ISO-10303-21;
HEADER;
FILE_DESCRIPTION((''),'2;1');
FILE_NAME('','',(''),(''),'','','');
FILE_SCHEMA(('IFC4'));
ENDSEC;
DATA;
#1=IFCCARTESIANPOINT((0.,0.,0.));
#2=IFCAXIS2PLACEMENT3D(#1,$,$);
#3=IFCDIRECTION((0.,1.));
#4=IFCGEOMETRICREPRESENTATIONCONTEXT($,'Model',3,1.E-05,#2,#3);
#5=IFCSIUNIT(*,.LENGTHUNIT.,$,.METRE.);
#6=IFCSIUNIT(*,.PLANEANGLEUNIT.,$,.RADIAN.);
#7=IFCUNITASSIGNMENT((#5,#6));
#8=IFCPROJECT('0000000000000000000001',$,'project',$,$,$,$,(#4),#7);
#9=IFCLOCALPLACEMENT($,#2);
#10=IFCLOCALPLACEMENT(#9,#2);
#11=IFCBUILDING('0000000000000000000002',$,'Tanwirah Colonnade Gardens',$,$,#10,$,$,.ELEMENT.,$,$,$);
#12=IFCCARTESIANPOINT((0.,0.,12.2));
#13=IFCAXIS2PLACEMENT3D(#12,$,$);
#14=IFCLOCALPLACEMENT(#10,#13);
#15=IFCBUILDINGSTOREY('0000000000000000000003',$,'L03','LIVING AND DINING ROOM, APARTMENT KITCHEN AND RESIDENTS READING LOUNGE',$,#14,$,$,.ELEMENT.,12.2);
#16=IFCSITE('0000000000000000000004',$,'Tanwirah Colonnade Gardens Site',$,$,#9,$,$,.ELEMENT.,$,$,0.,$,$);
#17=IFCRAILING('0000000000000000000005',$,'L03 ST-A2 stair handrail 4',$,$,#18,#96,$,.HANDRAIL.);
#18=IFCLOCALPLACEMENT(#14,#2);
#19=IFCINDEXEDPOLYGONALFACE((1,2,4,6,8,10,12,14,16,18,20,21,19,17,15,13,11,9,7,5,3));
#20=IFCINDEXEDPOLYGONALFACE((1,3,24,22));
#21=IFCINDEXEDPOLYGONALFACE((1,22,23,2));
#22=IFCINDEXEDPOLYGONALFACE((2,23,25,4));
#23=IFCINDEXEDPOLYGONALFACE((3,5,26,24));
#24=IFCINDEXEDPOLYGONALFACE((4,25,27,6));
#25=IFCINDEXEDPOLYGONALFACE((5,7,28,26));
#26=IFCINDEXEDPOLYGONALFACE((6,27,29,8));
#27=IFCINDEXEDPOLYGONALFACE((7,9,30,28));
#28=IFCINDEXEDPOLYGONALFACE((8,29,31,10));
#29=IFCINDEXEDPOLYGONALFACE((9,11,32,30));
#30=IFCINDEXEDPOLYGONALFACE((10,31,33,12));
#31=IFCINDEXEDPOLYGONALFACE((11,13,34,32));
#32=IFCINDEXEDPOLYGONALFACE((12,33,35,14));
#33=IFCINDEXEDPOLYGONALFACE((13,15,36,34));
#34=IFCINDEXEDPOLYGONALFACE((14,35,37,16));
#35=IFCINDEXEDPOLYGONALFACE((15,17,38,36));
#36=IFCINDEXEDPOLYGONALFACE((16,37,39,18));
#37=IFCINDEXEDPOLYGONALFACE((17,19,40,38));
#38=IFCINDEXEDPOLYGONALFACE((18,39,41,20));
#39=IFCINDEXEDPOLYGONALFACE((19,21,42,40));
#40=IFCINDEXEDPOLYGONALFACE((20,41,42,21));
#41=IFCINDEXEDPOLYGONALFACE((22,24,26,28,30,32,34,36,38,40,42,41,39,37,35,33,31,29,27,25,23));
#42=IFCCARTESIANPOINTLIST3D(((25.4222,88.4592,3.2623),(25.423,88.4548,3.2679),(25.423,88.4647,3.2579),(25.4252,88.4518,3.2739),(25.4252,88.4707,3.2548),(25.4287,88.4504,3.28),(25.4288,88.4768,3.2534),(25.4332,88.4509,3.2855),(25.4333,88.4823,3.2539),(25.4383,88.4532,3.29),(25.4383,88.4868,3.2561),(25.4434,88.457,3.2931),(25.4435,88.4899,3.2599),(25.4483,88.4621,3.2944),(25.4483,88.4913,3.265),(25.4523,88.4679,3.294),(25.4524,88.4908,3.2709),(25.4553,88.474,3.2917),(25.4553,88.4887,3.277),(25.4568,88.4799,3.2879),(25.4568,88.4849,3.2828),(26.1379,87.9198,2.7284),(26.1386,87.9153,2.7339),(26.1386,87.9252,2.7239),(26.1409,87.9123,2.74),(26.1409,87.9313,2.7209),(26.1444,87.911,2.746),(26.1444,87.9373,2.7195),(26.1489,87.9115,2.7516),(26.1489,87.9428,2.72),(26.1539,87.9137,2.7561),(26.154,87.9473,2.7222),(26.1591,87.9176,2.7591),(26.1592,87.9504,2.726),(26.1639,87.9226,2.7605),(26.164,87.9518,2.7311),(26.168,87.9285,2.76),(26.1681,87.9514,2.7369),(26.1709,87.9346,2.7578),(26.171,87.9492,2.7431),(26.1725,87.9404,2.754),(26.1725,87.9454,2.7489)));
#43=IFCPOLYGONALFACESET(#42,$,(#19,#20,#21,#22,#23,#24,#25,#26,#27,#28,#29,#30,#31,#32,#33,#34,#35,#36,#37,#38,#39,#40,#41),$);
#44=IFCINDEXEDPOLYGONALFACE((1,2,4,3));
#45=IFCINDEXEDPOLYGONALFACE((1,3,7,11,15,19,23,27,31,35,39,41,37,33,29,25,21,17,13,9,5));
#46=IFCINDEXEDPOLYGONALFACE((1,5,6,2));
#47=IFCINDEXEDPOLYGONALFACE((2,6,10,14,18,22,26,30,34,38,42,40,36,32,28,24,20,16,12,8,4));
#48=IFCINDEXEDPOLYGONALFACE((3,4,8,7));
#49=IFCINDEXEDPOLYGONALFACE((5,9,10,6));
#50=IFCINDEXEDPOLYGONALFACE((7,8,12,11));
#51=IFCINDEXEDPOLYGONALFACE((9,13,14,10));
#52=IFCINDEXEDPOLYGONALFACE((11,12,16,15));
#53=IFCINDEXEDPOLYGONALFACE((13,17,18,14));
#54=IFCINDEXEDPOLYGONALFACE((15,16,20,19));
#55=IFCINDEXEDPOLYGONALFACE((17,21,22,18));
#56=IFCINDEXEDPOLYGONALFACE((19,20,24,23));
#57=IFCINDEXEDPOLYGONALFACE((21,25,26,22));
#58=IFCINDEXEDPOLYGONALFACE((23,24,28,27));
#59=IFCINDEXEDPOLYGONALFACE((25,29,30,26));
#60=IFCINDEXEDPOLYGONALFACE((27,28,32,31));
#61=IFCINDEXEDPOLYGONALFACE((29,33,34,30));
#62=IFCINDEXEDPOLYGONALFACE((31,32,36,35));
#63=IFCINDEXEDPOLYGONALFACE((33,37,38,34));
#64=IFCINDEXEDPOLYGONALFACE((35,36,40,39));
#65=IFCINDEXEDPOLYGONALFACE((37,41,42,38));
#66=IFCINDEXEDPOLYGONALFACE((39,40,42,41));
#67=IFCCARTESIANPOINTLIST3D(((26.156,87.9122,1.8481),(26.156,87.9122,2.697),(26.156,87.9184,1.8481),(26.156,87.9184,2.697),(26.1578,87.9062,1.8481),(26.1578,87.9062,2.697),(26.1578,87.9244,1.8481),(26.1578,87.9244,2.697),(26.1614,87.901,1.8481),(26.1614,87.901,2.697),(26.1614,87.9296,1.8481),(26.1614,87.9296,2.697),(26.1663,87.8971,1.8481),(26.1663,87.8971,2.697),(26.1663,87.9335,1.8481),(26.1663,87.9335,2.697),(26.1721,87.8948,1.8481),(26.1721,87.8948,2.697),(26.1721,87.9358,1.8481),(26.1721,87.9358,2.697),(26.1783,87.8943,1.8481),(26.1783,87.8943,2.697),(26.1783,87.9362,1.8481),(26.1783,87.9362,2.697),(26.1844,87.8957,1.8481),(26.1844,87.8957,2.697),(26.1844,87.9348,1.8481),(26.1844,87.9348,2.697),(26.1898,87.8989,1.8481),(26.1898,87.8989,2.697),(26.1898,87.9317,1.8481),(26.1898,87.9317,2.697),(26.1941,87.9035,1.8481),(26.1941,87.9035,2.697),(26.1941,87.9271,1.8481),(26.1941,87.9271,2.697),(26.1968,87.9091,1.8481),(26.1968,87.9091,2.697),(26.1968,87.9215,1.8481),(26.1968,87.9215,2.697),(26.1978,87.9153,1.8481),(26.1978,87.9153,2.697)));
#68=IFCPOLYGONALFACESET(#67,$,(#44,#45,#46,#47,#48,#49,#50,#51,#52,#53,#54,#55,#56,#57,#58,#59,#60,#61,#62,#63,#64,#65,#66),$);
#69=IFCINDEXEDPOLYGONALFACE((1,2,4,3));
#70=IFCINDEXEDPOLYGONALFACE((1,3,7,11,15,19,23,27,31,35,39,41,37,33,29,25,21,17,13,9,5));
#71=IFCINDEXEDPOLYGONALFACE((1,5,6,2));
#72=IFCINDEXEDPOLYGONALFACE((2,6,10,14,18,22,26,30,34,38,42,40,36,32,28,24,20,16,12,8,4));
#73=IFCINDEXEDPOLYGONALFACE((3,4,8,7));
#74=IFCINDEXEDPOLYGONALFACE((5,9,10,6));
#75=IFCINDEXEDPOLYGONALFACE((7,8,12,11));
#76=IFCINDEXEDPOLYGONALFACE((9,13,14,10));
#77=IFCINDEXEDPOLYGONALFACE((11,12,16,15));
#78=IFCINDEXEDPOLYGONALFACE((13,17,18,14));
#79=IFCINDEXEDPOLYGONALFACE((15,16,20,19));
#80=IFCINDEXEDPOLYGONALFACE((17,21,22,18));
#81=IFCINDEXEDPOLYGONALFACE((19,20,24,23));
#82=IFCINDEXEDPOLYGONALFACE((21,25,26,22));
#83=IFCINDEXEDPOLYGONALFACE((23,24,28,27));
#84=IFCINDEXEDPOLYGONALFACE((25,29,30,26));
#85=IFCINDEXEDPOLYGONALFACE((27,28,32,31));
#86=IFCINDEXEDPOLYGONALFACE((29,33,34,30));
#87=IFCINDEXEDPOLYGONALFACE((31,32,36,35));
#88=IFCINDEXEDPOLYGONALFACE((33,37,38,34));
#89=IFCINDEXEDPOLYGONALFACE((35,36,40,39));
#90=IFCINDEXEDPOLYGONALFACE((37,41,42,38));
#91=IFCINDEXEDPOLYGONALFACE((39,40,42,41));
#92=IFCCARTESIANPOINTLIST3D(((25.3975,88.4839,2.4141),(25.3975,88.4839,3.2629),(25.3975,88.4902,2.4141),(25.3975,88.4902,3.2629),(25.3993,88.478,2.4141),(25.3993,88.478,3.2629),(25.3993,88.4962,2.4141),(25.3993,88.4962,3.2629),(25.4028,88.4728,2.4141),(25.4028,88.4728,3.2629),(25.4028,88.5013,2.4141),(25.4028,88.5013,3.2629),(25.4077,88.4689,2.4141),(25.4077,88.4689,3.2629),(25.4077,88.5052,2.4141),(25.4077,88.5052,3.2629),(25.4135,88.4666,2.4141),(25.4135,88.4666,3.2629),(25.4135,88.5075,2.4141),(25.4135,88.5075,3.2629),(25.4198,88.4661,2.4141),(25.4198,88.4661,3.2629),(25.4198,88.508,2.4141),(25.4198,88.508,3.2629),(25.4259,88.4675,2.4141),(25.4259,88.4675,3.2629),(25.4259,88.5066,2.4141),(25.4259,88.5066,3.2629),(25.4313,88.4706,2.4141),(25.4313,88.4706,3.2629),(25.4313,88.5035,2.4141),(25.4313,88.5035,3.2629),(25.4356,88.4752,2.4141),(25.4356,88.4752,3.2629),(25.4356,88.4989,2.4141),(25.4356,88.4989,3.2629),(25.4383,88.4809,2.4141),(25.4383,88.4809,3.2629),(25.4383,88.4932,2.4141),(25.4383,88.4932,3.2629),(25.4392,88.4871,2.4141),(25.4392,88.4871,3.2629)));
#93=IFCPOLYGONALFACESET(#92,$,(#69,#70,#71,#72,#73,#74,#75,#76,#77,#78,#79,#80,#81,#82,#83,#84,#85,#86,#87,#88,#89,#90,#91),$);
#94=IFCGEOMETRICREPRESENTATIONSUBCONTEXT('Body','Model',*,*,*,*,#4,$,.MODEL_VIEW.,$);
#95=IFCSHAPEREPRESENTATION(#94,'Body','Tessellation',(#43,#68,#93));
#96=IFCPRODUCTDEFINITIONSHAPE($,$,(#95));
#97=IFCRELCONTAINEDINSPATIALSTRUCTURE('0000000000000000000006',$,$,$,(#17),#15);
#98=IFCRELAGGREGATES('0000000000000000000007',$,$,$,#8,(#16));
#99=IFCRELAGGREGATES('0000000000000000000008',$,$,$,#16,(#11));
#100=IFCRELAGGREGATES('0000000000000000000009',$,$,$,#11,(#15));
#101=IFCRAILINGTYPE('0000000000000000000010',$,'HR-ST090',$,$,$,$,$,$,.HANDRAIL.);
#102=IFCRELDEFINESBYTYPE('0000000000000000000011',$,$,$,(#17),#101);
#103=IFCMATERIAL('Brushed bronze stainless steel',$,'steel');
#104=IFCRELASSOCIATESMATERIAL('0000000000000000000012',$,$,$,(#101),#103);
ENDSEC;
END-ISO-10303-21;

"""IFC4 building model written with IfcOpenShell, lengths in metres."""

from ifc_helpers import new_model, si_unit, direction, frame, origin, origin_2d, place, context, subcontext, project, spatial, circle, extrude, material, type_object, element, save


model = new_model("IFC4")

# Units and contexts
model_context = context("Model", 3, precision=1e-05, world=origin(), true_north=direction((0.0, 1.0)))
body_context = subcontext(model_context, "Body", "Model", "MODEL_VIEW")
ifc_project = project(units=[si_unit("LENGTHUNIT", "METRE"), si_unit("PLANEANGLEUNIT", "RADIAN")], contexts=[model_context])

# Site, building, storey
site_placement = place(None, origin())
site = spatial("IfcSite", under=ifc_project, at=site_placement, Name="Tanwirah Colonnade Gardens Site", CompositionType="ELEMENT", RefElevation=0.0)
building_placement = place(site_placement, origin())
building = spatial("IfcBuilding", under=site, at=building_placement, Name="Tanwirah Colonnade Gardens", CompositionType="ELEMENT")
storey_placement = place(building_placement, frame((0.0, 0.0, 12.2)))
storey = spatial("IfcBuildingStorey", under=building, at=storey_placement, Name="L03", Description="LIVING AND DINING ROOM, APARTMENT KITCHEN AND RESIDENTS READING LOUNGE", CompositionType="ELEMENT", Elevation=12.2)

# Railing
ifc_material_1 = material(Name="Brushed bronze stainless steel", Category="steel")
railing_type_1 = type_object("IfcRailingType", Name="HR-ST090", PredefinedType="HANDRAIL", material=ifc_material_1)
railing_1_placement = place(storey_placement, frame((26.1768, 87.9153, 1.8481)))
element("IfcRailing", 1, at=railing_1_placement, inside=storey, type_object=railing_type_1, Name="L03 ST-A2 stair handrail 4", PredefinedType="HANDRAIL", context=body_context, shape_type="SweptSolid", body=[
    extrude(circle(Radius=0.0239, at=origin_2d()), frame((-0.0215, 0.0161, 0.8918), z_axis=(-0.686028, 0.517116, 0.511817), x_axis=(-0.601931, -0.798548, 0.0)), (0.0, 0.0, 1.0), 1.0432),
    extrude(circle(Radius=0.021, at=origin_2d()), origin(), (0.0, 0.0, 1.0), 0.8489),
    extrude(circle(Radius=0.021, at=origin_2d()), frame((-0.7585, 0.5718, 0.5659)), (0.0, 0.0, 1.0), 0.8489),
])

save(model, "model.ifc")
